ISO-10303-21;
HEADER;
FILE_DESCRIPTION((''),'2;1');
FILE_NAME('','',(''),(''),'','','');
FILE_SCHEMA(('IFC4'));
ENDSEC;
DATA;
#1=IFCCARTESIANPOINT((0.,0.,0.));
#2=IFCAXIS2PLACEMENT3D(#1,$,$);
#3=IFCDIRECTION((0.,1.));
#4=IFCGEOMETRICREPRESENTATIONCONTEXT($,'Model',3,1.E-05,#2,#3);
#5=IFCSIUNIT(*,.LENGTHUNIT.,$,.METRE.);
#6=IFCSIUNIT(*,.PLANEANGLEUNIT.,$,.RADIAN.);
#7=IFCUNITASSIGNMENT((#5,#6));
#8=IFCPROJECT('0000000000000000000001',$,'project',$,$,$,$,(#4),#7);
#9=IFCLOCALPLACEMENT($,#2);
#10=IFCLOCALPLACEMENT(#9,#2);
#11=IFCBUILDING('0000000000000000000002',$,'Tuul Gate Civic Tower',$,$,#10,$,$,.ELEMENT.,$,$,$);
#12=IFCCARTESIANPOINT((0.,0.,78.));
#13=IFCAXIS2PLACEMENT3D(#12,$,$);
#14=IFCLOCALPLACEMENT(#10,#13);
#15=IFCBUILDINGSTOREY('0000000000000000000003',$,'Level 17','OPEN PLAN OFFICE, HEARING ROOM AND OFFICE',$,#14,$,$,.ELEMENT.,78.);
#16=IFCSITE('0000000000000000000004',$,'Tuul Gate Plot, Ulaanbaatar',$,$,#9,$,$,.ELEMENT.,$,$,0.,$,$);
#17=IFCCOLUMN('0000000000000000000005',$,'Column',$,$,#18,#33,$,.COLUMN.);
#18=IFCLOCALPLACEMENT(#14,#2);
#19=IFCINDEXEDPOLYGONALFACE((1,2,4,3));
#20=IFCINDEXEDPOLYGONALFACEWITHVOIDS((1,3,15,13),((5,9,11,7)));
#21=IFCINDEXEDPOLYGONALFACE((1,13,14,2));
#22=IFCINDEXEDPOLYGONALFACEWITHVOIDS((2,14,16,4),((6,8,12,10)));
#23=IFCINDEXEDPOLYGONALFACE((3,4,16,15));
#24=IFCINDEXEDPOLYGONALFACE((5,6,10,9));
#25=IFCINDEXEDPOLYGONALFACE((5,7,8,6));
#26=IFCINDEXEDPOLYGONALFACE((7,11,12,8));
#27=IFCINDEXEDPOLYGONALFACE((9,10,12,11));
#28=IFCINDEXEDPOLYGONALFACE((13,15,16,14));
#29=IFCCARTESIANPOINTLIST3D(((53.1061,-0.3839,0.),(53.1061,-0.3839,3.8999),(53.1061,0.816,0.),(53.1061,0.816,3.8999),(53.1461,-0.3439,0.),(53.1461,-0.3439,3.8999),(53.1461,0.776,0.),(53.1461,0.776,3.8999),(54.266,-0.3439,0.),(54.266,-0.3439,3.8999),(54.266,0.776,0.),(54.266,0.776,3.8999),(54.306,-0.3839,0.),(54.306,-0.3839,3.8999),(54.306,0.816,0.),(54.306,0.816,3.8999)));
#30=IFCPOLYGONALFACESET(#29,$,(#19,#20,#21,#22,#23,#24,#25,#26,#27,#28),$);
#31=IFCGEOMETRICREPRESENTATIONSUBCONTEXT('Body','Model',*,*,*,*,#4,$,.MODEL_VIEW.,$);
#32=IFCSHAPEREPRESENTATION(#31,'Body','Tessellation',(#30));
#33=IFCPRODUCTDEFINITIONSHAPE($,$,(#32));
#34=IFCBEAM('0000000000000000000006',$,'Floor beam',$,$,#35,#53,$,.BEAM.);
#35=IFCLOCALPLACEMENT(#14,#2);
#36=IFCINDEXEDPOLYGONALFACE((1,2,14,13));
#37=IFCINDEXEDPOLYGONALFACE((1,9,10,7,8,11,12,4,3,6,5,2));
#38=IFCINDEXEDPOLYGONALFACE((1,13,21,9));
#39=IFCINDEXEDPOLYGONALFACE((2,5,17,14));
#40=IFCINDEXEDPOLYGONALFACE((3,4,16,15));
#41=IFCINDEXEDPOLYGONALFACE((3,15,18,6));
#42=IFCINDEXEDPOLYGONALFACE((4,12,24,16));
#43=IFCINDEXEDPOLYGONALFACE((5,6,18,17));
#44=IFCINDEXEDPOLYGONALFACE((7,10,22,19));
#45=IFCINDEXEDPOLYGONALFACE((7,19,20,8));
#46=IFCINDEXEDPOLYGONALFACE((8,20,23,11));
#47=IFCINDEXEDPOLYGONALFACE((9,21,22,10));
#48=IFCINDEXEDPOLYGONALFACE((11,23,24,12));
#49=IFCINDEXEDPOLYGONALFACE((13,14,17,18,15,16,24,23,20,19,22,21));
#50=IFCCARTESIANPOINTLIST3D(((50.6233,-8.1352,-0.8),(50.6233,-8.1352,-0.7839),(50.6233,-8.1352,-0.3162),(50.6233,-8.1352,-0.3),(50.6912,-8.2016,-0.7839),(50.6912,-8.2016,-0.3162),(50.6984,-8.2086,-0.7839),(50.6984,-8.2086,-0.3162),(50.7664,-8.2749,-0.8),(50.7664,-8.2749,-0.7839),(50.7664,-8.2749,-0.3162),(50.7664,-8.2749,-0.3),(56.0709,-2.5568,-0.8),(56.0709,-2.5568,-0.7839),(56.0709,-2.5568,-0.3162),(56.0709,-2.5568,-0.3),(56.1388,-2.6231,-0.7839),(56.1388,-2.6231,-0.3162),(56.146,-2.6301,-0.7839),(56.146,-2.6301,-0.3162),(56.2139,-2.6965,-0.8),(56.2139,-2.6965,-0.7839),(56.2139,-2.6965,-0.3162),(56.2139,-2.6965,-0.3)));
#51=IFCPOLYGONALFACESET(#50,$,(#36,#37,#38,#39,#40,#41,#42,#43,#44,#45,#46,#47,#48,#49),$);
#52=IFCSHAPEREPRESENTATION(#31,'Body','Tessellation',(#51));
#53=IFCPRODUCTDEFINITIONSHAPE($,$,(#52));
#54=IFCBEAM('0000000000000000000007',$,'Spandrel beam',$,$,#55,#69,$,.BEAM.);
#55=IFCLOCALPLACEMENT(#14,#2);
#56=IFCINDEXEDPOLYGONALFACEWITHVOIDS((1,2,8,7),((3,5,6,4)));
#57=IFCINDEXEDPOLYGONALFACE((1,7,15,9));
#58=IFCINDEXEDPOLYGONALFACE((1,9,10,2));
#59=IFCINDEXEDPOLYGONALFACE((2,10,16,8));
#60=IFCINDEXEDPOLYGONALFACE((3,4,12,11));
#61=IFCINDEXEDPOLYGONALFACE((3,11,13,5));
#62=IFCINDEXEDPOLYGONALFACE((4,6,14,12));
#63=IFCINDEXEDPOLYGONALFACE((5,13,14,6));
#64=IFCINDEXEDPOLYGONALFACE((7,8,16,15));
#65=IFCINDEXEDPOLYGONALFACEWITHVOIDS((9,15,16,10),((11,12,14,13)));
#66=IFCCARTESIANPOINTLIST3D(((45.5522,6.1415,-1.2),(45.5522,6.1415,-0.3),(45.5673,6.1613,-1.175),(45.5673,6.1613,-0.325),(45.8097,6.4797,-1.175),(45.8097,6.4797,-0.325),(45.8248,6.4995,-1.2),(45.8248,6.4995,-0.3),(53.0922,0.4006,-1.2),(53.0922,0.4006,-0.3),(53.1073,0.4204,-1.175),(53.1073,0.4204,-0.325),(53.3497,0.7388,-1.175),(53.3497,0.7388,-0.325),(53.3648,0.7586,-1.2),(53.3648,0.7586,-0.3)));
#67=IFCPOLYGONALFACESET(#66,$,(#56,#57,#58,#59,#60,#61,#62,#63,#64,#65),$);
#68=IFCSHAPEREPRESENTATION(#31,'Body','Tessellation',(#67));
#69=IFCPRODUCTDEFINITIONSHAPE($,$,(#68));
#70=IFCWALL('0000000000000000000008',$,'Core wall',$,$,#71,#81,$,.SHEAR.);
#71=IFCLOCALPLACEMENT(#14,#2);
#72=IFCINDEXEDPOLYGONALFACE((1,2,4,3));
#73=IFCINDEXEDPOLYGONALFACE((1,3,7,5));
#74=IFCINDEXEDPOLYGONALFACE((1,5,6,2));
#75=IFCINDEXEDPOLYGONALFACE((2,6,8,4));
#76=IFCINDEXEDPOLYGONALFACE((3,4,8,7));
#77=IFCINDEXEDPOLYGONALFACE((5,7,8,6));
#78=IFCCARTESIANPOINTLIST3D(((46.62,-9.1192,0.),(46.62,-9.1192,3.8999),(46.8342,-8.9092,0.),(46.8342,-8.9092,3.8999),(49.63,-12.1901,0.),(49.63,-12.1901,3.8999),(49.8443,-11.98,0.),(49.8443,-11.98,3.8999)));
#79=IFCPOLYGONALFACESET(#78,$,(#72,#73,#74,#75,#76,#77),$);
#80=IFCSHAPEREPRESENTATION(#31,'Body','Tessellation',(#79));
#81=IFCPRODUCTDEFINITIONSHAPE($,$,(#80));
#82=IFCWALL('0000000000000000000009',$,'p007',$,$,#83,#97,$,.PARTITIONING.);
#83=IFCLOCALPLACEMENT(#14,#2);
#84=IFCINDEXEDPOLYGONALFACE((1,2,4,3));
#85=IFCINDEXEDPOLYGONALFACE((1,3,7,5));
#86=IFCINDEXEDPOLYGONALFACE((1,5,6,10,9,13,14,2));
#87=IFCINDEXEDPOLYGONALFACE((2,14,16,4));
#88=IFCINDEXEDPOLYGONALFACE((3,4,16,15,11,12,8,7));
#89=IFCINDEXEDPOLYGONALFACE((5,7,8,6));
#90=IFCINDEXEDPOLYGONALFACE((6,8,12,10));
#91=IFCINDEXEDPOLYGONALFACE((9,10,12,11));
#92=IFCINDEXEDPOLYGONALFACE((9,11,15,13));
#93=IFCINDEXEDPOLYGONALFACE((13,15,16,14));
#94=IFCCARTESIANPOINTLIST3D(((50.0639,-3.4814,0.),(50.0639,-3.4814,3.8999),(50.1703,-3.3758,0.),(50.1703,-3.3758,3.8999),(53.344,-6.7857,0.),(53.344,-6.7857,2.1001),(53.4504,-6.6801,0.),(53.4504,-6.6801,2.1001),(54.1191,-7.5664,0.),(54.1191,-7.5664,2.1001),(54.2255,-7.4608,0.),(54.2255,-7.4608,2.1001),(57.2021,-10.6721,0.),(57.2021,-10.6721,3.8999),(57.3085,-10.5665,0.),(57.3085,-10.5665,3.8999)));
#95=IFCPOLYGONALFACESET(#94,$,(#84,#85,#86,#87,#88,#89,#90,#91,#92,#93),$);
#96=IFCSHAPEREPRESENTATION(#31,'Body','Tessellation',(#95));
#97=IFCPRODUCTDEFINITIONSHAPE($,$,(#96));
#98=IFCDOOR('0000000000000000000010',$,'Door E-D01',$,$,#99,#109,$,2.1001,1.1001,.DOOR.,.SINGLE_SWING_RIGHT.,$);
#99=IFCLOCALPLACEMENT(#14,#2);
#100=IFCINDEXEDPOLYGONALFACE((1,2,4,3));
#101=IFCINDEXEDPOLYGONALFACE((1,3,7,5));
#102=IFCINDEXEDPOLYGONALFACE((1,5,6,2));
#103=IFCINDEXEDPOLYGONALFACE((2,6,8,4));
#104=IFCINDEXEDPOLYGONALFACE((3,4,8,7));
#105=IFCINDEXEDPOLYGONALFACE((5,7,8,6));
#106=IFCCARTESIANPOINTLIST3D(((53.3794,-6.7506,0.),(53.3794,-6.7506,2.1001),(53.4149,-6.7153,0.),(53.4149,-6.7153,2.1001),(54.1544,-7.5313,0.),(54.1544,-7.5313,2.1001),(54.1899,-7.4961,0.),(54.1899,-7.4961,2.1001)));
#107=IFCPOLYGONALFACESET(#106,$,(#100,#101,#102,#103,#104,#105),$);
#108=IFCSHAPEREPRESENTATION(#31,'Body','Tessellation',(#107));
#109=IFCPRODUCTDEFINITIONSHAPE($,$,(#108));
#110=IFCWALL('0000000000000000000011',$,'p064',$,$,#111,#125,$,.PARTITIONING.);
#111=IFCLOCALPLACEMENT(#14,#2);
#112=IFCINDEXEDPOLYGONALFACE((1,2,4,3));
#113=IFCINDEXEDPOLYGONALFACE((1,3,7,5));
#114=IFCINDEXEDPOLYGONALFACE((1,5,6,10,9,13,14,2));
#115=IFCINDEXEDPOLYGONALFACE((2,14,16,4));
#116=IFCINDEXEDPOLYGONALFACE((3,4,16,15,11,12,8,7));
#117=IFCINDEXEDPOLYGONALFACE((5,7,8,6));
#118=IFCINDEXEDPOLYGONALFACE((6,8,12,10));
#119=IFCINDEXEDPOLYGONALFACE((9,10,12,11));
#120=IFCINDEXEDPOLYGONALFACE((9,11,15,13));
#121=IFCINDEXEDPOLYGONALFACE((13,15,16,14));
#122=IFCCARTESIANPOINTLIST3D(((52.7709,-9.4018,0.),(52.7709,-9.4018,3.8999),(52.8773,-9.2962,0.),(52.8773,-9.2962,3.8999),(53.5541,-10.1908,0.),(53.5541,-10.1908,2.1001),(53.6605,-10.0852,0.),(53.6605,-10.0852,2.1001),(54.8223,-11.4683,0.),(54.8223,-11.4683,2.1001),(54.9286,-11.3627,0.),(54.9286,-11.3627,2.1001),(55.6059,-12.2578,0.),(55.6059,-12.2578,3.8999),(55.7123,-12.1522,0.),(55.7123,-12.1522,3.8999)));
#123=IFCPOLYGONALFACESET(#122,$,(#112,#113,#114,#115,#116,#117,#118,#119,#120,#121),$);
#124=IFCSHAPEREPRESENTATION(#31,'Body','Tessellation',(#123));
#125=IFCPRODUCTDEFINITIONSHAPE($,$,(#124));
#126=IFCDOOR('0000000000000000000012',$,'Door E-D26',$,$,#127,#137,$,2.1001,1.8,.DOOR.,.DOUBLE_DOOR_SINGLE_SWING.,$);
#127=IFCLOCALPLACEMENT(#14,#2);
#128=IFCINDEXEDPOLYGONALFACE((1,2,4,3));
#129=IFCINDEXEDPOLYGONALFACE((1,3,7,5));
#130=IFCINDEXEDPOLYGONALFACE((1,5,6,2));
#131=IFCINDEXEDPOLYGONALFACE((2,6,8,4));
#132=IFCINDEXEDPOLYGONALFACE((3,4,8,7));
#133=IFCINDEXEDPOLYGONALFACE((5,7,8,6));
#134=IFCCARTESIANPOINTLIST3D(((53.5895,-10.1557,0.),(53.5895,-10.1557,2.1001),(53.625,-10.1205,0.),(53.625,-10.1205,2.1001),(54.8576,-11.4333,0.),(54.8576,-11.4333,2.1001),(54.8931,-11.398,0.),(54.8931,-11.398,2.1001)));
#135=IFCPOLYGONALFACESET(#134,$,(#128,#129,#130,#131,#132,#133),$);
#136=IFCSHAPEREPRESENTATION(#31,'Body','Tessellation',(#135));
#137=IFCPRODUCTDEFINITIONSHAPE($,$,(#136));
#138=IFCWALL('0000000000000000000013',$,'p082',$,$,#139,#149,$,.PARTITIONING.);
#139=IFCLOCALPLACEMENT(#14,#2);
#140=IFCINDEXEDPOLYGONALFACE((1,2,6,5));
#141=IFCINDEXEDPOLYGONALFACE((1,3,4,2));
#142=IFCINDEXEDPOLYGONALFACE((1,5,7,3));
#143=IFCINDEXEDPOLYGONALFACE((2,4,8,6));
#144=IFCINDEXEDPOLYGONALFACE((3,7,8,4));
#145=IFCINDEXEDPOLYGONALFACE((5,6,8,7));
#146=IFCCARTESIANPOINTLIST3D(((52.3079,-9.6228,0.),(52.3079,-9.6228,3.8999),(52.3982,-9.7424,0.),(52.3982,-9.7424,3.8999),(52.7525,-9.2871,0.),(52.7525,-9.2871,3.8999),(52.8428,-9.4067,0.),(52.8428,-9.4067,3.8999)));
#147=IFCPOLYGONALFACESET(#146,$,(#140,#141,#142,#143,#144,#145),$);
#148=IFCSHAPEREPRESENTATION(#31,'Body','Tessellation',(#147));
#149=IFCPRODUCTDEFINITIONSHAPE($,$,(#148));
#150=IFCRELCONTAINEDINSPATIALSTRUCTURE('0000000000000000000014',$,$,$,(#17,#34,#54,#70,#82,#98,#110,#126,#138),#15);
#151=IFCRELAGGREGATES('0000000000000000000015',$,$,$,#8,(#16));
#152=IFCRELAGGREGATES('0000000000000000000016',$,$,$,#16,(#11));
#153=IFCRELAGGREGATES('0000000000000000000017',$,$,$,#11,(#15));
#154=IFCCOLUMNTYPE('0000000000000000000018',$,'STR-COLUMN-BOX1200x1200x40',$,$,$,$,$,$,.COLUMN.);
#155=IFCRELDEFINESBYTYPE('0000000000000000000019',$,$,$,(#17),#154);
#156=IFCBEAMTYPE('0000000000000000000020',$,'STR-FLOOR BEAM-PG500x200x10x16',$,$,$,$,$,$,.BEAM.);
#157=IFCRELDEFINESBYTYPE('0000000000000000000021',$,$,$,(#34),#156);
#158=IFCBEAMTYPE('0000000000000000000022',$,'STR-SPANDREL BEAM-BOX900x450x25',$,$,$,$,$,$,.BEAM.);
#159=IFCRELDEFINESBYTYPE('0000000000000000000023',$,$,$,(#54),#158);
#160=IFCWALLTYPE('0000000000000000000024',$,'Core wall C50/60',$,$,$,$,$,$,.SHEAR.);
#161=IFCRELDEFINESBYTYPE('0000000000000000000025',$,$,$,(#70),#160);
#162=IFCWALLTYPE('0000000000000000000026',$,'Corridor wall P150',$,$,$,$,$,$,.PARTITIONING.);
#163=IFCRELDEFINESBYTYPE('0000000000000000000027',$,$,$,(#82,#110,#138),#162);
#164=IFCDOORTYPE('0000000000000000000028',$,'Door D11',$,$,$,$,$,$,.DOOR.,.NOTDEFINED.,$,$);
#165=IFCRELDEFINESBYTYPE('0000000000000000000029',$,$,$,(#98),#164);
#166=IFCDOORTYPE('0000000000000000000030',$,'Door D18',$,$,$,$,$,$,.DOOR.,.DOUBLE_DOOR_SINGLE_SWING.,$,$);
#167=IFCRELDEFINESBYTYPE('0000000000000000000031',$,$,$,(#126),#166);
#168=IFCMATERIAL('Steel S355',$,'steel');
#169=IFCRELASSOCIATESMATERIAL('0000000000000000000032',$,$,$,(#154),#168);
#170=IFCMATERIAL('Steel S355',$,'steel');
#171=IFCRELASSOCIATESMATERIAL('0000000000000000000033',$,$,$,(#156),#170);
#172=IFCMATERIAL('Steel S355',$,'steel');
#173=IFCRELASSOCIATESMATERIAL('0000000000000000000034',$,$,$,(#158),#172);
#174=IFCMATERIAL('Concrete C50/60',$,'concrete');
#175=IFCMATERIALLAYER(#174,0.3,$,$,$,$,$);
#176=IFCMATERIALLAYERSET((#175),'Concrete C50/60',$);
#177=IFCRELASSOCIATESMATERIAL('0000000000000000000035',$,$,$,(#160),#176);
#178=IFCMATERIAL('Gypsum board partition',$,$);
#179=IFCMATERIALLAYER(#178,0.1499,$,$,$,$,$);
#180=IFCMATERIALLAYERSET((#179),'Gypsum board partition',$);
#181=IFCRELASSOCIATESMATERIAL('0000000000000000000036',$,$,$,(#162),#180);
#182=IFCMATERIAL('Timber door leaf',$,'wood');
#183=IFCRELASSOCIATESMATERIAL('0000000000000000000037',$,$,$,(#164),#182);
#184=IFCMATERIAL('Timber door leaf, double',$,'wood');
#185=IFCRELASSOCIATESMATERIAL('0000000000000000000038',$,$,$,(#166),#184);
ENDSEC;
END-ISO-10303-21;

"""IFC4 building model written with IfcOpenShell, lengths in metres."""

from ifc_helpers import new_model, si_unit, direction, frame, frame_2d, origin, origin_2d, place, context, subcontext, project, spatial, rectangle, hollow_rectangle, i_section, extrude, material, layer, layer_set, material_profile, profile_set, type_object, element, fill, save


model = new_model("IFC4")

# Units and contexts
model_context = context("Model", 3, precision=1e-05, world=origin(), true_north=direction((0.0, 1.0)))
body_context = subcontext(model_context, "Body", "Model", "MODEL_VIEW")
ifc_project = project(units=[si_unit("LENGTHUNIT", "METRE"), si_unit("PLANEANGLEUNIT", "RADIAN")], contexts=[model_context])

# Site, building, storey
site_placement = place(None, origin())
site = spatial("IfcSite", under=ifc_project, at=site_placement, Name="Tuul Gate Plot, Ulaanbaatar", CompositionType="ELEMENT", RefElevation=0.0)
building_placement = place(site_placement, origin())
building = spatial("IfcBuilding", under=site, at=building_placement, Name="Tuul Gate Civic Tower", CompositionType="ELEMENT")
storey_placement = place(building_placement, frame((0.0, 0.0, 78.0)))
storey = spatial("IfcBuildingStorey", under=building, at=storey_placement, Name="Level 17", Description="OPEN PLAN OFFICE, HEARING ROOM AND OFFICE", CompositionType="ELEMENT", Elevation=78.0)

# Column
ifc_material_1 = material(Name="Steel S355", Category="steel")
ifc_material_profile_1 = material_profile(ifc_material_1, hollow_rectangle(XDim=1.2, YDim=1.2, WallThickness=0.04, at=origin_2d()), Name="BOX1200x1200x40")
ifc_profile_set_1 = profile_set([ifc_material_profile_1], Name="Steel S355")
column_type = type_object("IfcColumnType", Name="STR-COLUMN-BOX1200x1200x40", PredefinedType="COLUMN", material=ifc_profile_set_1)
column_placement = place(storey_placement, frame((53.7061, 0.2161, 0.0), z_axis=(0.0, 0.0, 1.0), x_axis=(1.0, 0.0, 0.0)))
element("IfcColumn", 1, at=column_placement, inside=storey, type_object=column_type, Name="Column", PredefinedType="COLUMN", context=body_context, shape_type="SweptSolid", body=[
    extrude(hollow_rectangle(XDim=1.2, YDim=1.2, WallThickness=0.04, at=origin_2d()), origin(), (0.0, 0.0, 1.0), 3.8999),
])

# Beams
ifc_material_2 = material(Name="Steel S355", Category="steel")
ifc_material_profile_2 = material_profile(ifc_material_2, i_section(OverallWidth=0.2, OverallDepth=0.5, WebThickness=0.01, FlangeThickness=0.0161, at=origin_2d()), Name="PG500x200x10x16")
ifc_profile_set_2 = profile_set([ifc_material_profile_2], Name="Steel S355")
beam_type_1 = type_object("IfcBeamType", Name="STR-FLOOR BEAM-PG500x200x10x16", PredefinedType="BEAM", material=ifc_profile_set_2)
beam_1_placement = place(storey_placement, frame((50.6948, -8.2051, -0.55), z_axis=(0.698665, 0.715449, 0.0), x_axis=(-0.715449, 0.698665, 0.0)))
element("IfcBeam", 2, at=beam_1_placement, inside=storey, type_object=beam_type_1, Name="Floor beam", PredefinedType="BEAM", context=body_context, shape_type="SweptSolid", body=[
    extrude(i_section(OverallWidth=0.2, OverallDepth=0.5, WebThickness=0.01, FlangeThickness=0.0161, at=origin_2d()), origin(), (0.0, 0.0, 1.0), 7.7971),
])
ifc_material_3 = material(Name="Steel S355", Category="steel")
ifc_material_profile_3 = material_profile(ifc_material_3, hollow_rectangle(XDim=0.45, YDim=0.8999, WallThickness=0.0249, at=origin_2d()), Name="BOX900x450x25")
ifc_profile_set_3 = profile_set([ifc_material_profile_3], Name="Steel S355")
beam_type_2 = type_object("IfcBeamType", Name="STR-SPANDREL BEAM-BOX900x450x25", PredefinedType="BEAM", material=ifc_profile_set_3)
beam_2_placement = place(storey_placement, frame((53.2285, 0.5796, -0.75), z_axis=(-0.795626, 0.605788, 0.0), x_axis=(-0.605788, -0.795626, 0.0)))
element("IfcBeam", 3, at=beam_2_placement, inside=storey, type_object=beam_type_2, Name="Spandrel beam", PredefinedType="BEAM", context=body_context, shape_type="SweptSolid", body=[
    extrude(hollow_rectangle(XDim=0.45, YDim=0.8999, WallThickness=0.0249, at=origin_2d()), origin(), (0.0, 0.0, 1.0), 9.4768),
])

# Wall
ifc_material_4 = material(Name="Concrete C50/60", Category="concrete")
ifc_layer_1 = layer(ifc_material_4, 0.3)
ifc_layer_set_1 = layer_set([ifc_layer_1], Name="Concrete C50/60")
wall_type_1 = type_object("IfcWallType", Name="Core wall C50/60", PredefinedType="SHEAR", material=ifc_layer_set_1)
wall_1_placement = place(storey_placement, frame((49.7371, -12.085, 0.0), z_axis=(0.0, 0.0, 1.0), x_axis=(-0.700003, 0.71414, 0.0)))
element("IfcWall", 4, at=wall_1_placement, inside=storey, type_object=wall_type_1, Name="Core wall", PredefinedType="SHEAR", context=body_context, shape_type="SweptSolid", body=[
    extrude(rectangle(XDim=4.3, YDim=0.3, at=frame_2d((2.1499, 0.0))), origin(), (0.0, 0.0, 1.0), 3.8999),
])

# Walls, openings, doors
ifc_material_5 = material(Name="Gypsum board partition")
ifc_layer_2 = layer(ifc_material_5, 0.1499)
ifc_layer_set_2 = layer_set([ifc_layer_2], Name="Gypsum board partition")
wall_type_2 = type_object("IfcWallType", Name="Corridor wall P150", PredefinedType="PARTITIONING", material=ifc_layer_set_2)
wall_2_placement = place(storey_placement, frame((50.1172, -3.4287, 0.0), z_axis=(0.0, 0.0, 1.0), x_axis=(0.704512, -0.709692, 0.0)))
wall_2 = element("IfcWall", 5, at=wall_2_placement, inside=storey, type_object=wall_type_2, Name="p007", PredefinedType="PARTITIONING", context=body_context, shape_type="SweptSolid", body=[
    extrude(rectangle(XDim=10.1321, YDim=0.1499, at=frame_2d((5.0659, 0.0))), origin(), (0.0, 0.0, 1.0), 3.8999),
])
opening_1_placement = place(wall_2_placement, frame((4.6558, 0.0, 0.0)))
opening_1 = element("IfcOpeningElement", 6, at=opening_1_placement, cuts=wall_2, PredefinedType="OPENING", context=body_context, shape_type="SweptSolid", body=[
    extrude(rectangle(XDim=1.1001, YDim=2.1001, at=frame_2d((0.55, 1.05))), frame((0.0, 0.085, 0.0), z_axis=(0.0, -1.0, 0.0), x_axis=(1.0, 0.0, 0.0)), (0.0, 0.0, 1.0), 0.1699),
])
ifc_material_6 = material(Name="Timber door leaf", Category="wood")
door_type_1 = type_object("IfcDoorType", Name="Door D11", OperationType="NOTDEFINED", PredefinedType="DOOR", material=ifc_material_6)
door_1_placement = place(opening_1_placement, origin())
door_1 = element("IfcDoor", 7, at=door_1_placement, inside=storey, type_object=door_type_1, Name="Door E-D01", OperationType="SINGLE_SWING_RIGHT", OverallHeight=2.1001, OverallWidth=1.1001, PredefinedType="DOOR", context=body_context, shape_type="SweptSolid", body=[
    extrude(rectangle(XDim=1.1001, YDim=2.1001, at=frame_2d((0.55, 1.05))), frame((0.0, 0.0249, 0.0), z_axis=(0.0, -1.0, 0.0), x_axis=(1.0, 0.0, 0.0)), (0.0, 0.0, 1.0), 0.05),
])
fill(opening_1, door_1)
wall_3_placement = place(storey_placement, frame((52.824, -9.3489, 0.0), z_axis=(0.0, 0.0, 1.0), x_axis=(0.704493, -0.709711, 0.0)))
wall_3 = element("IfcWall", 8, at=wall_3_placement, inside=storey, type_object=wall_type_2, Name="p064", PredefinedType="PARTITIONING", context=body_context, shape_type="SweptSolid", body=[
    extrude(rectangle(XDim=4.0242, YDim=0.1499, at=frame_2d((2.0122, 0.0))), origin(), (0.0, 0.0, 1.0), 3.8999),
])
opening_2_placement = place(wall_3_placement, frame((1.1121, 0.0, 0.0)))
opening_2 = element("IfcOpeningElement", 9, at=opening_2_placement, cuts=wall_3, PredefinedType="OPENING", context=body_context, shape_type="SweptSolid", body=[
    extrude(rectangle(XDim=1.8, YDim=2.1001, at=frame_2d((0.8999, 1.05))), frame((0.0, 0.085, 0.0), z_axis=(0.0, -1.0, 0.0), x_axis=(1.0, 0.0, 0.0)), (0.0, 0.0, 1.0), 0.1699),
])
ifc_material_7 = material(Name="Timber door leaf, double", Category="wood")
door_type_2 = type_object("IfcDoorType", Name="Door D18", OperationType="DOUBLE_DOOR_SINGLE_SWING", PredefinedType="DOOR", material=ifc_material_7)
door_2_placement = place(opening_2_placement, origin())
door_2 = element("IfcDoor", 10, at=door_2_placement, inside=storey, type_object=door_type_2, Name="Door E-D26", OperationType="DOUBLE_DOOR_SINGLE_SWING", OverallHeight=2.1001, OverallWidth=1.8, PredefinedType="DOOR", context=body_context, shape_type="SweptSolid", body=[
    extrude(rectangle(XDim=1.8, YDim=2.1001, at=frame_2d((0.8999, 1.05))), frame((0.0, 0.0249, 0.0), z_axis=(0.0, -1.0, 0.0), x_axis=(1.0, 0.0, 0.0)), (0.0, 0.0, 1.0), 0.05),
])
fill(opening_2, door_2)

# Wall
wall_4_placement = place(storey_placement, frame((52.353, -9.6826, 0.0), z_axis=(0.0, 0.0, 1.0), x_axis=(0.79805, 0.602591, 0.0)))
element("IfcWall", 11, at=wall_4_placement, inside=storey, type_object=wall_type_2, Name="p082", PredefinedType="PARTITIONING", context=body_context, shape_type="SweptSolid", body=[
    extrude(rectangle(XDim=0.5571, YDim=0.1499, at=frame_2d((0.2786, 0.0))), origin(), (0.0, 0.0, 1.0), 3.8999),
])

save(model, "model.ifc")
